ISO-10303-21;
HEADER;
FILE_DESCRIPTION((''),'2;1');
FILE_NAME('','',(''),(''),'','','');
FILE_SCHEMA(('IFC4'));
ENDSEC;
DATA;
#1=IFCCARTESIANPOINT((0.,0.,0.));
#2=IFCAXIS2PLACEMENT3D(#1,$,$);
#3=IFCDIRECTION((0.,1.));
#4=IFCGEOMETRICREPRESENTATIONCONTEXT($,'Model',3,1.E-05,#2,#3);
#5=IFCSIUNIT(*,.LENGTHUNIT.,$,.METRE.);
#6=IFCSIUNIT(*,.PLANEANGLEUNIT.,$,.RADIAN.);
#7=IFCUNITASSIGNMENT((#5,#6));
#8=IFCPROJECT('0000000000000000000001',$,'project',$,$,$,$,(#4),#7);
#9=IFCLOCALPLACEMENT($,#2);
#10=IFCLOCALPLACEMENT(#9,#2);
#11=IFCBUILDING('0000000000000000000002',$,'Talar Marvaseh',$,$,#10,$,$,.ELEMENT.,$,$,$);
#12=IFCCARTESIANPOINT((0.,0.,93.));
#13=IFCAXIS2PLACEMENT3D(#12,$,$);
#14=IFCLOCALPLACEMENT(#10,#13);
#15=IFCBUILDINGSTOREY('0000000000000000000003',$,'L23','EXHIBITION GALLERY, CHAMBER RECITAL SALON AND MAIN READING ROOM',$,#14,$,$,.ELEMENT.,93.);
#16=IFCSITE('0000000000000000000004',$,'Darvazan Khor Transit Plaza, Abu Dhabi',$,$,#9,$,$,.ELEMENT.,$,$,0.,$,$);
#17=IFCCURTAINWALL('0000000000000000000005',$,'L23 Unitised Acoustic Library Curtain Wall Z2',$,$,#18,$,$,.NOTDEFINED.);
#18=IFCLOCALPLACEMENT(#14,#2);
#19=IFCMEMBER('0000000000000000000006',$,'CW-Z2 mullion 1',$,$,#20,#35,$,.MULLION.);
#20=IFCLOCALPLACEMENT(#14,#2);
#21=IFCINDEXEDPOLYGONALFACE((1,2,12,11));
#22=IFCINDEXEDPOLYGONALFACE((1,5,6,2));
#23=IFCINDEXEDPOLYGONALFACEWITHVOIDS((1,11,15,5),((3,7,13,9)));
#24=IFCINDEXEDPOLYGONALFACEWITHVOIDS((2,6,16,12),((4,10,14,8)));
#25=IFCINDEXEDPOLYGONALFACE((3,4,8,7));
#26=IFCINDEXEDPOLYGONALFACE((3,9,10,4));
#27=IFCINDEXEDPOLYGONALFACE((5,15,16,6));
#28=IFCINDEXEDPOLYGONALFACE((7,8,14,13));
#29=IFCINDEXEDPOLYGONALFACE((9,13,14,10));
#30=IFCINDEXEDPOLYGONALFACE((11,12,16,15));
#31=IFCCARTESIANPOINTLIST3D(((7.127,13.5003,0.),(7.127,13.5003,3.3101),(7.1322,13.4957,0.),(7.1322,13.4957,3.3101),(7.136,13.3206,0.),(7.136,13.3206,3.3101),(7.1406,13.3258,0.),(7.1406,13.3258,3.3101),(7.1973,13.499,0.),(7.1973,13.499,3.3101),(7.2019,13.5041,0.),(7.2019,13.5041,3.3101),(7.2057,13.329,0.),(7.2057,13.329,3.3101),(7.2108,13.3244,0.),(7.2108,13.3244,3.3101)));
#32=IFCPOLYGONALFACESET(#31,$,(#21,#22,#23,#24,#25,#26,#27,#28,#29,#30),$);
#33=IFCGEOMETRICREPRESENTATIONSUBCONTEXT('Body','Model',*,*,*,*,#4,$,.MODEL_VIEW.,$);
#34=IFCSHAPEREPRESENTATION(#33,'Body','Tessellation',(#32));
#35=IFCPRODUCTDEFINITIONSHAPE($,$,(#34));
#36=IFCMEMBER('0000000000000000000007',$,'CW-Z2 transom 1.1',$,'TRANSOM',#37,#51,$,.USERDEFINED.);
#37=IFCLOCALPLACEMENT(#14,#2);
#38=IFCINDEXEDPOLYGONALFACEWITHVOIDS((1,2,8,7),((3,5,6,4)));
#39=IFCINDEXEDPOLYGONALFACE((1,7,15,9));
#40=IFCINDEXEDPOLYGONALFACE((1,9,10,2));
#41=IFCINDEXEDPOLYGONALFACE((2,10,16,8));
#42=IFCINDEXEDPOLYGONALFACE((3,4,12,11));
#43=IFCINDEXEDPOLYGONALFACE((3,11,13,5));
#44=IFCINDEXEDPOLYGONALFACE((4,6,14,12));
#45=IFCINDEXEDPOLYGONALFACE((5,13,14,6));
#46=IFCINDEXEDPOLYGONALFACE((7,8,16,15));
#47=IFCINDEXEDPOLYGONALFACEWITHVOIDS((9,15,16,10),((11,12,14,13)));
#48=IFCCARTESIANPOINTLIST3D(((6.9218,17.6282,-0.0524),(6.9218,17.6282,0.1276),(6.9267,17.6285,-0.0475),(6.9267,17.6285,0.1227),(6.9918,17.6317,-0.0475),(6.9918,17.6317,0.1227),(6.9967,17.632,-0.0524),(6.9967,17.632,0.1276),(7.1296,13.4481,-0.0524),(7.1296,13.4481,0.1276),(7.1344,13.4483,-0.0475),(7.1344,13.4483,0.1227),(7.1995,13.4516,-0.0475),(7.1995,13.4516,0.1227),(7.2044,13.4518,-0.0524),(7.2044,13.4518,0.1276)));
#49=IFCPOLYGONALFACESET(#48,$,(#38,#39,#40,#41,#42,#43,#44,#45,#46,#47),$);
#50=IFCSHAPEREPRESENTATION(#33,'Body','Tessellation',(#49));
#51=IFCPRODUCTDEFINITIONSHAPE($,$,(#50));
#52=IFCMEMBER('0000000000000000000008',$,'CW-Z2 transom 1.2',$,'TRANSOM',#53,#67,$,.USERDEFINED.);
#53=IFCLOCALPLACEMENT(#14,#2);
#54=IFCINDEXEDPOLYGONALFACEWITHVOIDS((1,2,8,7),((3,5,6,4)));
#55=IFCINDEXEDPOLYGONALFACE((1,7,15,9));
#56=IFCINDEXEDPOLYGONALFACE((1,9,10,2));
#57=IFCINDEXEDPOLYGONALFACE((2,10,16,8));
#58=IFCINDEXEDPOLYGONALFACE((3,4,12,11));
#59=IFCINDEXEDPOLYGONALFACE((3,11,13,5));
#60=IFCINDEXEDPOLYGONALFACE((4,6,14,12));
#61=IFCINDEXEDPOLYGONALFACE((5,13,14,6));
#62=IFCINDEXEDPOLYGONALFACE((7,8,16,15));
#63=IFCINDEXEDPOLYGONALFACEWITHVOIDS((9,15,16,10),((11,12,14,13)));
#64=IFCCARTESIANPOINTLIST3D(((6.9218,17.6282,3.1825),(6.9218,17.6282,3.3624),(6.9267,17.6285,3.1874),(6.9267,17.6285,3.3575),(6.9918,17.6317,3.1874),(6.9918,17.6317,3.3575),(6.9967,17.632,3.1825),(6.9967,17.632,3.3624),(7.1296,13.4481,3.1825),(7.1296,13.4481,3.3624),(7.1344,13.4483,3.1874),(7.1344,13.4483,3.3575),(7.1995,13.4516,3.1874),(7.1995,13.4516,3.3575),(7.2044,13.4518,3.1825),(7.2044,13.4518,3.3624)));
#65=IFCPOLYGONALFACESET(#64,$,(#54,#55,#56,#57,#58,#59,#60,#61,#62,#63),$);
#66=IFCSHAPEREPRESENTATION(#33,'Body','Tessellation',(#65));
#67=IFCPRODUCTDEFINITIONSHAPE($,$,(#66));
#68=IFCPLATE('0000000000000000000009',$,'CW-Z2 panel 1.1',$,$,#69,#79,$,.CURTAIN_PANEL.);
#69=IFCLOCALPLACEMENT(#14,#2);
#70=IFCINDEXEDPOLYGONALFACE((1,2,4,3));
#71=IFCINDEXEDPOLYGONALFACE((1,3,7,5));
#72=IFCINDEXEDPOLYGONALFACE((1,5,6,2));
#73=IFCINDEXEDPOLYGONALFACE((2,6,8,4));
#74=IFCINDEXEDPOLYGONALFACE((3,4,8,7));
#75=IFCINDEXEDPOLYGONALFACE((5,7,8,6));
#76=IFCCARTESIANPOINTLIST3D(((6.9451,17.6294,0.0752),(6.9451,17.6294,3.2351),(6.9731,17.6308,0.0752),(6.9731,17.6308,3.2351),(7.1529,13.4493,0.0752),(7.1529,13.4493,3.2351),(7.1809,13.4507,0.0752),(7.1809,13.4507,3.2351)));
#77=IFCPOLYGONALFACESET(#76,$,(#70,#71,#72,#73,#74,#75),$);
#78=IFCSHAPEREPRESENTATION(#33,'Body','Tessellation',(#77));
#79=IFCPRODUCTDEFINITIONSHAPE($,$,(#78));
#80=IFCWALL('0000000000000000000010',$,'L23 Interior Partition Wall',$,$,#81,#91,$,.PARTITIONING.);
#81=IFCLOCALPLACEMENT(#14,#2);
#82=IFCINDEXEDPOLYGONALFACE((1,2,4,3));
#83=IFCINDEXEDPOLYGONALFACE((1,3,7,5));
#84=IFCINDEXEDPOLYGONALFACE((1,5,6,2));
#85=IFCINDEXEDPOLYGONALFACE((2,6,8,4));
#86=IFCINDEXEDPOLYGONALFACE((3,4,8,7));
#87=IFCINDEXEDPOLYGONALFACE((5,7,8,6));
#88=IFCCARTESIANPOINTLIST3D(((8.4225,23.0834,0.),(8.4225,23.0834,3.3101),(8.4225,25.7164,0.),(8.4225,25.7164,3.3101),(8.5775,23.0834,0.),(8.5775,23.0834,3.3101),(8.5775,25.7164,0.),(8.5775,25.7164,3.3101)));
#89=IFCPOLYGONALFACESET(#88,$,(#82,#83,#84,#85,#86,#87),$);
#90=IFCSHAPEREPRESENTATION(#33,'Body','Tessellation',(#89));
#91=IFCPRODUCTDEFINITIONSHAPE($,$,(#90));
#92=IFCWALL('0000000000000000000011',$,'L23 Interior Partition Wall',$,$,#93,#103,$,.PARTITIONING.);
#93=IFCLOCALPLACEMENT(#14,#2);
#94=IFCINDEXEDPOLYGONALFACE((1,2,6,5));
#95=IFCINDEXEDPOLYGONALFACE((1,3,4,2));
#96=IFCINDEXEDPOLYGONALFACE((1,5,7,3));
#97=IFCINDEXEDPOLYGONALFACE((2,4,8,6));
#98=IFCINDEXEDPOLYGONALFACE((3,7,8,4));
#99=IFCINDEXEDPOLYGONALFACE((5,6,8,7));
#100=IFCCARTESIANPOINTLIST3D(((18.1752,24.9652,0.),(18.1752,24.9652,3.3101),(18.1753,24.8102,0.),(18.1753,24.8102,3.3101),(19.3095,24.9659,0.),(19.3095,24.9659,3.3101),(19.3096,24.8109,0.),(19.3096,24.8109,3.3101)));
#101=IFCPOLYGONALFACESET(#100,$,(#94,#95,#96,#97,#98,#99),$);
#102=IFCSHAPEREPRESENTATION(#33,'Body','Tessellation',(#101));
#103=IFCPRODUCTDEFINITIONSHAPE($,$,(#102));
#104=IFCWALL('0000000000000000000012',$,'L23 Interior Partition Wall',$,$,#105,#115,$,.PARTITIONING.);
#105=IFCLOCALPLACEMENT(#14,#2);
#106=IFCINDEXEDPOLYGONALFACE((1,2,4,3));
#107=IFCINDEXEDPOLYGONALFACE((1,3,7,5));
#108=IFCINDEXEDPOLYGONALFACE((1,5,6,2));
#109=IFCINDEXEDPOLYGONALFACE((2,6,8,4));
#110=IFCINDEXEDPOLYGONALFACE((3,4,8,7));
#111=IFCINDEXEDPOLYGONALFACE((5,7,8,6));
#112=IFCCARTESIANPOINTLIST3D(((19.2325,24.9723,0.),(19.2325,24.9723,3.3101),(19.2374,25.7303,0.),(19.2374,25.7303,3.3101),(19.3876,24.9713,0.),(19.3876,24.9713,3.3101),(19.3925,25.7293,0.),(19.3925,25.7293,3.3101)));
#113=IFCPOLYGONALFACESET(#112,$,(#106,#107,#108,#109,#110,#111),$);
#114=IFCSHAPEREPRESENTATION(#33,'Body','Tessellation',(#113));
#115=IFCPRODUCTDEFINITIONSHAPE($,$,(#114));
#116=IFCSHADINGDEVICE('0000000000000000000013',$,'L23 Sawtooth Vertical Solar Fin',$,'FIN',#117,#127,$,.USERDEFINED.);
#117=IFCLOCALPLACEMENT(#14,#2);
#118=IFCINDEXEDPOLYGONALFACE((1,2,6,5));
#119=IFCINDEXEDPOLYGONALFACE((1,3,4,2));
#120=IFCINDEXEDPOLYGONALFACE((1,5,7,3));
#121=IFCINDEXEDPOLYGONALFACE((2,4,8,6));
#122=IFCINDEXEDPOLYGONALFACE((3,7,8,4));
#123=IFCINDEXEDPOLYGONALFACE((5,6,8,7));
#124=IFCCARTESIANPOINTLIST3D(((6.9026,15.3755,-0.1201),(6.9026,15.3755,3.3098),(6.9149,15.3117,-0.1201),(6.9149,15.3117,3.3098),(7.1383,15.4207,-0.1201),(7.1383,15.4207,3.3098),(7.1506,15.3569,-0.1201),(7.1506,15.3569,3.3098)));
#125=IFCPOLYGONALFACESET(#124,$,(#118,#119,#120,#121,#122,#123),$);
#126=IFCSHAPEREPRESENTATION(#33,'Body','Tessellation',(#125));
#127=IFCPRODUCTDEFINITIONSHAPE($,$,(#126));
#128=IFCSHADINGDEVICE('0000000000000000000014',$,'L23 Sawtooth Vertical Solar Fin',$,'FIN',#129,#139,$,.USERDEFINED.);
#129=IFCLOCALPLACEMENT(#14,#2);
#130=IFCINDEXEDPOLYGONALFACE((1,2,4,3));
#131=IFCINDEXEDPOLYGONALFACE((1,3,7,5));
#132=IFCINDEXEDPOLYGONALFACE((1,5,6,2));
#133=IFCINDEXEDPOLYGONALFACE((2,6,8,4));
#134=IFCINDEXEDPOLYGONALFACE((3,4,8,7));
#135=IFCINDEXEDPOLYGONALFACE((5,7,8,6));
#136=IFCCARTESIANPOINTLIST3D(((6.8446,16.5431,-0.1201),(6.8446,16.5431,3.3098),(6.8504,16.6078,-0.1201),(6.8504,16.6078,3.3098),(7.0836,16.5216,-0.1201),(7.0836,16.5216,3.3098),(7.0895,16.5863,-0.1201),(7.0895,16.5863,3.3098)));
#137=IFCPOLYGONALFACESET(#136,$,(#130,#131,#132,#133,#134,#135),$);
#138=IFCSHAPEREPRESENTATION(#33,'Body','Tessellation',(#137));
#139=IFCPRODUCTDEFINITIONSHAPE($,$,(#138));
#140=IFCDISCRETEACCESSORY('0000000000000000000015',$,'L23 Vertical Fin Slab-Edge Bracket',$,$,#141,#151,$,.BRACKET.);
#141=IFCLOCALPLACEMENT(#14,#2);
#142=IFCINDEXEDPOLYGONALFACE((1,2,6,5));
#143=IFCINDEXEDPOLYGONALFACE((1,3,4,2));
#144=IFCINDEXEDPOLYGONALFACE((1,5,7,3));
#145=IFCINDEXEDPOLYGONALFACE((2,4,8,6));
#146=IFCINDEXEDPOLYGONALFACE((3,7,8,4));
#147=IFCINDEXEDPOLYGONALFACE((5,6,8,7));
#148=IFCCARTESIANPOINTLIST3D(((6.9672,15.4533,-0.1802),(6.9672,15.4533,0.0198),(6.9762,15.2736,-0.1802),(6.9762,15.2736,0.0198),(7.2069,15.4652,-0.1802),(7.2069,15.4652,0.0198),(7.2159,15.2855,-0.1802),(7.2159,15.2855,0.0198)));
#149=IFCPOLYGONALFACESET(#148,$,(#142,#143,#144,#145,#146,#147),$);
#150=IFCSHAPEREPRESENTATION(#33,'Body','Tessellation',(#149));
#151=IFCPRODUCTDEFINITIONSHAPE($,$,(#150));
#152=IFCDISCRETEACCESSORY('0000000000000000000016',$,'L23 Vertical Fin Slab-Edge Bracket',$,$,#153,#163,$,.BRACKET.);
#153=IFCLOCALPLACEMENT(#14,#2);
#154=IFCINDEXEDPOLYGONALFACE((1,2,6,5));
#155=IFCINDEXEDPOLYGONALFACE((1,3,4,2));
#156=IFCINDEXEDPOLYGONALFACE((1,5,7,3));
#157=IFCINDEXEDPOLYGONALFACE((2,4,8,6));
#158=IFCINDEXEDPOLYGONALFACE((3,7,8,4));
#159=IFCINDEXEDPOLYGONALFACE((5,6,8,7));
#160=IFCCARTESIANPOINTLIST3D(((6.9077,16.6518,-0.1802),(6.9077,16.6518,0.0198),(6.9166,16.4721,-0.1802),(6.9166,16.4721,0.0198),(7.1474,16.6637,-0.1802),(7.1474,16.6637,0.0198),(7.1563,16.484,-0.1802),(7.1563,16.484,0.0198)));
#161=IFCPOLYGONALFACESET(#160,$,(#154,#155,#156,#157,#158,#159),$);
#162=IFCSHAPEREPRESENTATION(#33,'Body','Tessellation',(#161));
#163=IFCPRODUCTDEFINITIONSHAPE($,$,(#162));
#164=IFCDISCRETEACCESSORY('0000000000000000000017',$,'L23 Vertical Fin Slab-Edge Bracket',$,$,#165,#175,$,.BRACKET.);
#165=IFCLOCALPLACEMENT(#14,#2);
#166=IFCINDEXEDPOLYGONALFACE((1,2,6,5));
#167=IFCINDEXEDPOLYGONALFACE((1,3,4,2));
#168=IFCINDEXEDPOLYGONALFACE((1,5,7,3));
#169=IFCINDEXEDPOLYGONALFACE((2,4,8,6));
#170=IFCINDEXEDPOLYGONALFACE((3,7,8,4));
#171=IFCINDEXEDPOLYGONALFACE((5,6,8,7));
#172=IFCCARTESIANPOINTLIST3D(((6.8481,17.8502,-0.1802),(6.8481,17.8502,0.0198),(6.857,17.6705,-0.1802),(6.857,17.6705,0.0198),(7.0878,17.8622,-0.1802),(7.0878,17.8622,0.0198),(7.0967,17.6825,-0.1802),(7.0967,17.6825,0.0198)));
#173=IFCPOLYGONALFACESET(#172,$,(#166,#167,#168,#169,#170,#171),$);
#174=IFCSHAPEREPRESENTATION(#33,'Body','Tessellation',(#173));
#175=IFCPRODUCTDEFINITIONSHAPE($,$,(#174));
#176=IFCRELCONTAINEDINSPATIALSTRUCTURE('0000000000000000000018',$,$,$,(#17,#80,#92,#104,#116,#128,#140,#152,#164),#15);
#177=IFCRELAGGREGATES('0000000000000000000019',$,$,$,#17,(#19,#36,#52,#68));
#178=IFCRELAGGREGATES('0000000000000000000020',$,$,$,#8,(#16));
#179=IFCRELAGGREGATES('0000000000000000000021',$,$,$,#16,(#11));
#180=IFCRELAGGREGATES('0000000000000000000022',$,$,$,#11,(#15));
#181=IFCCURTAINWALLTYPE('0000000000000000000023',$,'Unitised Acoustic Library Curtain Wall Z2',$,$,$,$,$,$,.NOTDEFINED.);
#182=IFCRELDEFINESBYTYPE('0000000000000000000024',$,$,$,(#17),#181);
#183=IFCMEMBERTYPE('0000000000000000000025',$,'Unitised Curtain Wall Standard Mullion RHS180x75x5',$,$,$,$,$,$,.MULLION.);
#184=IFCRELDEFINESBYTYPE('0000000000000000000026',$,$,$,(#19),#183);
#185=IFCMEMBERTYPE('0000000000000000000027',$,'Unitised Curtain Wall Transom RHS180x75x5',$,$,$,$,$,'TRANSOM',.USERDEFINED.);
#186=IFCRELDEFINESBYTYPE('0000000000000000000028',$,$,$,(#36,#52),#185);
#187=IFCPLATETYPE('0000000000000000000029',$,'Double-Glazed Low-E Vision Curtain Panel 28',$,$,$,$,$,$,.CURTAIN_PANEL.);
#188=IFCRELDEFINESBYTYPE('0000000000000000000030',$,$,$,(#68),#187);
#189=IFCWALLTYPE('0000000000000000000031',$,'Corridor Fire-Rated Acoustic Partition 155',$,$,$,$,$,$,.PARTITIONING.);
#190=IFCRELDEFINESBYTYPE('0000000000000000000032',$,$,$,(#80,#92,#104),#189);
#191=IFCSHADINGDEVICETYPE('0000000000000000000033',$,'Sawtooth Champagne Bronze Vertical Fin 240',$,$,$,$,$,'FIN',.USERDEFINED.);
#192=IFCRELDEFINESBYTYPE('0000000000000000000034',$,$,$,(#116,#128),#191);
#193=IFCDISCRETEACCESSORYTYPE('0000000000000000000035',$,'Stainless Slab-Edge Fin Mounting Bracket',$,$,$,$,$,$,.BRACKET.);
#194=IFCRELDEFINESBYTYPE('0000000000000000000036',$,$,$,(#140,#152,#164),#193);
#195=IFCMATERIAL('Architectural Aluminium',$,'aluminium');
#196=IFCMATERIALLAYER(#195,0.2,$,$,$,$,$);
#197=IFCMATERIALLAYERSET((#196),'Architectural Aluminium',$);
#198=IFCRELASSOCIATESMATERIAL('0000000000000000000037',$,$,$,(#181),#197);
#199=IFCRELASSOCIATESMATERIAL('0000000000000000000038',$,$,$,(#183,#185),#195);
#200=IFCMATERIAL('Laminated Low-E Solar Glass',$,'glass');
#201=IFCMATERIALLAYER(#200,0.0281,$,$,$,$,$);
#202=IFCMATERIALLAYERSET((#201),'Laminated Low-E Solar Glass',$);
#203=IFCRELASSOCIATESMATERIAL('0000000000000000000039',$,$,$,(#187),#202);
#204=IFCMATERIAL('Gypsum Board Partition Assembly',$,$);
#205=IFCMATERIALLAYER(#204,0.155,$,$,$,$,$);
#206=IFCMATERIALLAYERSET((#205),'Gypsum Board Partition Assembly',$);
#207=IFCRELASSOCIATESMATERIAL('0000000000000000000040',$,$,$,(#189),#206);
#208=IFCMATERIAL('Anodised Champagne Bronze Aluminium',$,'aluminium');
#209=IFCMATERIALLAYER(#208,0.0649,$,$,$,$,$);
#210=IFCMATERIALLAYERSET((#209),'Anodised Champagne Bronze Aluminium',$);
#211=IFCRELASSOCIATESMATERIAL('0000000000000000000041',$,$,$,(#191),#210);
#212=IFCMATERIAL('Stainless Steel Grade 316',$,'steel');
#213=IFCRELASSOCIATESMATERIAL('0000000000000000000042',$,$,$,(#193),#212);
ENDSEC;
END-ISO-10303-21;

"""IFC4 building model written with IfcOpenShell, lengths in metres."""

from ifc_helpers import new_model, si_unit, direction, frame, frame_2d, origin, origin_2d, place, context, subcontext, project, spatial, rectangle, hollow_rectangle, extrude, source, transform, mapped, material, layer, layer_set, material_profile, profile_set, type_object, type_shapes, element, aggregate, save


model = new_model("IFC4")

# Units and contexts
model_context = context("Model", 3, precision=1e-05, world=origin(), true_north=direction((0.0, 1.0)))
body_context = subcontext(model_context, "Body", "Model", "MODEL_VIEW")
ifc_project = project(units=[si_unit("LENGTHUNIT", "METRE"), si_unit("PLANEANGLEUNIT", "RADIAN")], contexts=[model_context])

# Site, building, storey
site_placement = place(None, origin())
site = spatial("IfcSite", under=ifc_project, at=site_placement, Name="Darvazan Khor Transit Plaza, Abu Dhabi", CompositionType="ELEMENT", RefElevation=0.0)
building_placement = place(site_placement, origin())
building = spatial("IfcBuilding", under=site, at=building_placement, Name="Talar Marvaseh", CompositionType="ELEMENT")
storey_placement = place(building_placement, frame((0.0, 0.0, 93.0)))
storey = spatial("IfcBuildingStorey", under=building, at=storey_placement, Name="L23", Description="EXHIBITION GALLERY, CHAMBER RECITAL SALON AND MAIN READING ROOM", CompositionType="ELEMENT", Elevation=93.0)

# Curtain wall, members, plate
ifc_material_1 = material(Name="Architectural Aluminium", Category="aluminium")
ifc_layer_1 = layer(ifc_material_1, 0.2)
ifc_layer_set_1 = layer_set([ifc_layer_1], Name="Architectural Aluminium")
curtain_wall_type = type_object("IfcCurtainWallType", Name="Unitised Acoustic Library Curtain Wall Z2", PredefinedType="NOTDEFINED", material=ifc_layer_set_1)
curtain_wall_placement = place(storey_placement, origin())
curtain_wall = element("IfcCurtainWall", 1, at=curtain_wall_placement, inside=storey, type_object=curtain_wall_type, Name="L23 Unitised Acoustic Library Curtain Wall Z2", PredefinedType="NOTDEFINED")
ifc_material_profile_1 = material_profile(ifc_material_1, hollow_rectangle(XDim=0.075, YDim=0.1799, WallThickness=0.0049, at=origin_2d()), Name="RHS180x75x5")
ifc_profile_set_1 = profile_set([ifc_material_profile_1], Name="Architectural Aluminium")
member_type_1 = type_object("IfcMemberType", Name="Unitised Curtain Wall Standard Mullion RHS180x75x5", PredefinedType="MULLION", material=ifc_profile_set_1)
shared_shape_1 = source(origin(), body_context, "Body", "SweptSolid", [
    extrude(hollow_rectangle(XDim=0.075, YDim=0.1799, WallThickness=0.0049, at=origin_2d()), origin(), (0.0, 0.0, 1.0), 3.3101),
])
type_shapes(member_type_1, [shared_shape_1])
member_1_placement = place(storey_placement, frame((7.1689, 13.4124, 0.0), z_axis=(0.0, 0.0, 1.0), x_axis=(-0.998766, -0.049658, 0.0)))
member_1 = element("IfcMember", 2, at=member_1_placement, type_object=member_type_1, Name="CW-Z2 mullion 1", PredefinedType="MULLION", context=body_context, shape_type="MappedRepresentation", body=[
    mapped(shared_shape_1, transform((0.0, 0.0, 0.0), x_axis=(1.0, 0.0, 0.0), y_axis=(0.0, 1.0, 0.0), z_axis=(0.0, 0.0, 1.0), scale=1.0)),
])
ifc_material_profile_2 = material_profile(ifc_material_1, hollow_rectangle(XDim=0.075, YDim=0.1799, WallThickness=0.0049, at=origin_2d()), Name="RHS180x75x5")
ifc_profile_set_2 = profile_set([ifc_material_profile_2], Name="Architectural Aluminium")
member_type_2 = type_object("IfcMemberType", Name="Unitised Curtain Wall Transom RHS180x75x5", ElementType="TRANSOM", PredefinedType="USERDEFINED", material=ifc_profile_set_2)
shared_shape_2 = source(origin(), body_context, "Body", "SweptSolid", [
    extrude(hollow_rectangle(XDim=0.075, YDim=0.1799, WallThickness=0.0049, at=origin_2d()), origin(), (0.0, 0.0, 1.0), 4.1853),
])
type_shapes(member_type_2, [shared_shape_2])
member_2_placement = place(storey_placement, frame((7.167, 13.45, 0.0376), z_axis=(-0.049641, 0.998767, 0.0), x_axis=(-0.998767, -0.049641, 0.0)))
member_2 = element("IfcMember", 3, at=member_2_placement, type_object=member_type_2, Name="CW-Z2 transom 1.1", ObjectType="TRANSOM", PredefinedType="USERDEFINED", context=body_context, shape_type="MappedRepresentation", body=[
    mapped(shared_shape_2, transform((0.0, 0.0, 0.0), x_axis=(1.0, 0.0, 0.0), y_axis=(0.0, 1.0, 0.0), z_axis=(0.0, 0.0, 1.0), scale=1.0)),
])
member_3_placement = place(storey_placement, frame((7.167, 13.45, 3.2725), z_axis=(-0.049641, 0.998767, 0.0), x_axis=(-0.998767, -0.049641, 0.0)))
member_3 = element("IfcMember", 4, at=member_3_placement, type_object=member_type_2, Name="CW-Z2 transom 1.2", ObjectType="TRANSOM", PredefinedType="USERDEFINED", context=body_context, shape_type="MappedRepresentation", body=[
    mapped(shared_shape_2, transform((0.0, 0.0, 0.0), x_axis=(1.0, 0.0, 0.0), y_axis=(0.0, 1.0, 0.0), z_axis=(0.0, 0.0, 1.0), scale=1.0)),
])
ifc_material_2 = material(Name="Laminated Low-E Solar Glass", Category="glass")
ifc_layer_2 = layer(ifc_material_2, 0.0281)
ifc_layer_set_2 = layer_set([ifc_layer_2], Name="Laminated Low-E Solar Glass")
plate_type = type_object("IfcPlateType", Name="Double-Glazed Low-E Vision Curtain Panel 28", PredefinedType="CURTAIN_PANEL", material=ifc_layer_set_2)
shared_shape_3 = source(origin(), body_context, "Body", "SweptSolid", [
    extrude(rectangle(XDim=4.1853, YDim=0.0281, at=origin_2d()), origin(), (0.0, 0.0, 1.0), 3.1599),
])
type_shapes(plate_type, [shared_shape_3])
plate_placement = place(storey_placement, frame((7.063, 15.54, 0.0752), z_axis=(0.0, 0.0, 1.0), x_axis=(-0.049658, 0.998766, 0.0)))
plate = element("IfcPlate", 5, at=plate_placement, type_object=plate_type, Name="CW-Z2 panel 1.1", PredefinedType="CURTAIN_PANEL", context=body_context, shape_type="MappedRepresentation", body=[
    mapped(shared_shape_3, transform((0.0, 0.0, 0.0), x_axis=(1.0, 0.0, 0.0), y_axis=(0.0, 1.0, 0.0), z_axis=(0.0, 0.0, 1.0), scale=1.0)),
])
aggregate(curtain_wall, [member_1, member_2, member_3, plate])

# Walls
ifc_material_3 = material(Name="Gypsum Board Partition Assembly")
ifc_layer_3 = layer(ifc_material_3, 0.155)
ifc_layer_set_3 = layer_set([ifc_layer_3], Name="Gypsum Board Partition Assembly")
wall_type = type_object("IfcWallType", Name="Corridor Fire-Rated Acoustic Partition 155", PredefinedType="PARTITIONING", material=ifc_layer_set_3)
wall_1_placement = place(storey_placement, frame((8.5, 23.0835, 0.0), z_axis=(0.0, 0.0, 1.0), x_axis=(0.0, 1.0, 0.0)))
element("IfcWall", 6, at=wall_1_placement, inside=storey, type_object=wall_type, Name="L23 Interior Partition Wall", PredefinedType="PARTITIONING", context=body_context, shape_type="SweptSolid", body=[
    extrude(rectangle(XDim=2.6331, YDim=0.155, at=frame_2d((1.3164, 0.0))), origin(), (0.0, 0.0, 1.0), 3.3101),
])
wall_2_placement = place(storey_placement, frame((18.1753, 24.8877, 0.0), z_axis=(0.0, 0.0, 1.0), x_axis=(1.0, 0.000646, 0.0)))
element("IfcWall", 7, at=wall_2_placement, inside=storey, type_object=wall_type, Name="L23 Interior Partition Wall", PredefinedType="PARTITIONING", context=body_context, shape_type="SweptSolid", body=[
    extrude(rectangle(XDim=1.1343, YDim=0.155, at=frame_2d((0.5671, 0.0))), origin(), (0.0, 0.0, 1.0), 3.3101),
])
wall_3_placement = place(storey_placement, frame((19.3101, 24.9719, 0.0), z_axis=(0.0, 0.0, 1.0), x_axis=(0.006441, 0.999979, 0.0)))
element("IfcWall", 8, at=wall_3_placement, inside=storey, type_object=wall_type, Name="L23 Interior Partition Wall", PredefinedType="PARTITIONING", context=body_context, shape_type="SweptSolid", body=[
    extrude(rectangle(XDim=0.7581, YDim=0.155, at=frame_2d((0.3789, 0.0))), origin(), (0.0, 0.0, 1.0), 3.3101),
])

# Shading devices
ifc_material_4 = material(Name="Anodised Champagne Bronze Aluminium", Category="aluminium")
ifc_layer_4 = layer(ifc_material_4, 0.0649)
ifc_layer_set_4 = layer_set([ifc_layer_4], Name="Anodised Champagne Bronze Aluminium")
shading_device_type = type_object("IfcShadingDeviceType", Name="Sawtooth Champagne Bronze Vertical Fin 240", ElementType="FIN", PredefinedType="USERDEFINED", material=ifc_layer_set_4)
shared_shape_4 = source(origin(), body_context, "Body", "SweptSolid", [
    extrude(rectangle(XDim=0.24, YDim=0.0649, at=origin_2d()), origin(), (0.0, 0.0, 1.0), 3.4299),
])
type_shapes(shading_device_type, [shared_shape_4])
for number, where, z_axis, x_axis, name in (
    (9, (7.0266, 15.3662, -0.1201), (0.0, 0.0, 1.0), (-0.982123, -0.188238, 0.0), "L23 Sawtooth Vertical Solar Fin"),
    (10, (6.967, 16.5647, -0.1201), (0.0, 0.0, 1.0), (-0.995963, 0.089763, 0.0), "L23 Sawtooth Vertical Solar Fin"),
):
    element("IfcShadingDevice", number, at=place(storey_placement, frame(where, z_axis=z_axis, x_axis=x_axis)), inside=storey, type_object=shading_device_type, Name=name, ObjectType="FIN", PredefinedType="USERDEFINED", context=body_context, shape_type="MappedRepresentation", body=[
        mapped(shared_shape_4, transform((0.0, 0.0, 0.0), x_axis=(1.0, 0.0, 0.0), y_axis=(0.0, 1.0, 0.0), z_axis=(0.0, 0.0, 1.0), scale=1.0)),
    ])

# Discrete accessories
ifc_material_5 = material(Name="Stainless Steel Grade 316", Category="steel")
discrete_accessory_type = type_object("IfcDiscreteAccessoryType", Name="Stainless Slab-Edge Fin Mounting Bracket", PredefinedType="BRACKET", material=ifc_material_5)
shared_shape_5 = source(origin(), body_context, "Body", "SweptSolid", [
    extrude(rectangle(XDim=0.24, YDim=0.1799, at=origin_2d()), origin(), (0.0, 0.0, 1.0), 0.2),
])
type_shapes(discrete_accessory_type, [shared_shape_5])
for number, where, z_axis, x_axis, name in (
    (11, (7.0916, 15.3694, -0.1802), (0.0, 0.0, 1.0), (-0.998763, -0.049721, 0.0), "L23 Vertical Fin Slab-Edge Bracket"),
    (12, (7.032, 16.5679, -0.1802), (0.0, 0.0, 1.0), (-0.998763, -0.049721, 0.0), "L23 Vertical Fin Slab-Edge Bracket"),
    (13, (6.9724, 17.7664, -0.1802), (0.0, 0.0, 1.0), (-0.998763, -0.049721, 0.0), "L23 Vertical Fin Slab-Edge Bracket"),
):
    element("IfcDiscreteAccessory", number, at=place(storey_placement, frame(where, z_axis=z_axis, x_axis=x_axis)), inside=storey, type_object=discrete_accessory_type, Name=name, PredefinedType="BRACKET", context=body_context, shape_type="MappedRepresentation", body=[
        mapped(shared_shape_5, transform((0.0, 0.0, 0.0), x_axis=(1.0, 0.0, 0.0), y_axis=(0.0, 1.0, 0.0), z_axis=(0.0, 0.0, 1.0), scale=1.0)),
    ])

save(model, "model.ifc")
